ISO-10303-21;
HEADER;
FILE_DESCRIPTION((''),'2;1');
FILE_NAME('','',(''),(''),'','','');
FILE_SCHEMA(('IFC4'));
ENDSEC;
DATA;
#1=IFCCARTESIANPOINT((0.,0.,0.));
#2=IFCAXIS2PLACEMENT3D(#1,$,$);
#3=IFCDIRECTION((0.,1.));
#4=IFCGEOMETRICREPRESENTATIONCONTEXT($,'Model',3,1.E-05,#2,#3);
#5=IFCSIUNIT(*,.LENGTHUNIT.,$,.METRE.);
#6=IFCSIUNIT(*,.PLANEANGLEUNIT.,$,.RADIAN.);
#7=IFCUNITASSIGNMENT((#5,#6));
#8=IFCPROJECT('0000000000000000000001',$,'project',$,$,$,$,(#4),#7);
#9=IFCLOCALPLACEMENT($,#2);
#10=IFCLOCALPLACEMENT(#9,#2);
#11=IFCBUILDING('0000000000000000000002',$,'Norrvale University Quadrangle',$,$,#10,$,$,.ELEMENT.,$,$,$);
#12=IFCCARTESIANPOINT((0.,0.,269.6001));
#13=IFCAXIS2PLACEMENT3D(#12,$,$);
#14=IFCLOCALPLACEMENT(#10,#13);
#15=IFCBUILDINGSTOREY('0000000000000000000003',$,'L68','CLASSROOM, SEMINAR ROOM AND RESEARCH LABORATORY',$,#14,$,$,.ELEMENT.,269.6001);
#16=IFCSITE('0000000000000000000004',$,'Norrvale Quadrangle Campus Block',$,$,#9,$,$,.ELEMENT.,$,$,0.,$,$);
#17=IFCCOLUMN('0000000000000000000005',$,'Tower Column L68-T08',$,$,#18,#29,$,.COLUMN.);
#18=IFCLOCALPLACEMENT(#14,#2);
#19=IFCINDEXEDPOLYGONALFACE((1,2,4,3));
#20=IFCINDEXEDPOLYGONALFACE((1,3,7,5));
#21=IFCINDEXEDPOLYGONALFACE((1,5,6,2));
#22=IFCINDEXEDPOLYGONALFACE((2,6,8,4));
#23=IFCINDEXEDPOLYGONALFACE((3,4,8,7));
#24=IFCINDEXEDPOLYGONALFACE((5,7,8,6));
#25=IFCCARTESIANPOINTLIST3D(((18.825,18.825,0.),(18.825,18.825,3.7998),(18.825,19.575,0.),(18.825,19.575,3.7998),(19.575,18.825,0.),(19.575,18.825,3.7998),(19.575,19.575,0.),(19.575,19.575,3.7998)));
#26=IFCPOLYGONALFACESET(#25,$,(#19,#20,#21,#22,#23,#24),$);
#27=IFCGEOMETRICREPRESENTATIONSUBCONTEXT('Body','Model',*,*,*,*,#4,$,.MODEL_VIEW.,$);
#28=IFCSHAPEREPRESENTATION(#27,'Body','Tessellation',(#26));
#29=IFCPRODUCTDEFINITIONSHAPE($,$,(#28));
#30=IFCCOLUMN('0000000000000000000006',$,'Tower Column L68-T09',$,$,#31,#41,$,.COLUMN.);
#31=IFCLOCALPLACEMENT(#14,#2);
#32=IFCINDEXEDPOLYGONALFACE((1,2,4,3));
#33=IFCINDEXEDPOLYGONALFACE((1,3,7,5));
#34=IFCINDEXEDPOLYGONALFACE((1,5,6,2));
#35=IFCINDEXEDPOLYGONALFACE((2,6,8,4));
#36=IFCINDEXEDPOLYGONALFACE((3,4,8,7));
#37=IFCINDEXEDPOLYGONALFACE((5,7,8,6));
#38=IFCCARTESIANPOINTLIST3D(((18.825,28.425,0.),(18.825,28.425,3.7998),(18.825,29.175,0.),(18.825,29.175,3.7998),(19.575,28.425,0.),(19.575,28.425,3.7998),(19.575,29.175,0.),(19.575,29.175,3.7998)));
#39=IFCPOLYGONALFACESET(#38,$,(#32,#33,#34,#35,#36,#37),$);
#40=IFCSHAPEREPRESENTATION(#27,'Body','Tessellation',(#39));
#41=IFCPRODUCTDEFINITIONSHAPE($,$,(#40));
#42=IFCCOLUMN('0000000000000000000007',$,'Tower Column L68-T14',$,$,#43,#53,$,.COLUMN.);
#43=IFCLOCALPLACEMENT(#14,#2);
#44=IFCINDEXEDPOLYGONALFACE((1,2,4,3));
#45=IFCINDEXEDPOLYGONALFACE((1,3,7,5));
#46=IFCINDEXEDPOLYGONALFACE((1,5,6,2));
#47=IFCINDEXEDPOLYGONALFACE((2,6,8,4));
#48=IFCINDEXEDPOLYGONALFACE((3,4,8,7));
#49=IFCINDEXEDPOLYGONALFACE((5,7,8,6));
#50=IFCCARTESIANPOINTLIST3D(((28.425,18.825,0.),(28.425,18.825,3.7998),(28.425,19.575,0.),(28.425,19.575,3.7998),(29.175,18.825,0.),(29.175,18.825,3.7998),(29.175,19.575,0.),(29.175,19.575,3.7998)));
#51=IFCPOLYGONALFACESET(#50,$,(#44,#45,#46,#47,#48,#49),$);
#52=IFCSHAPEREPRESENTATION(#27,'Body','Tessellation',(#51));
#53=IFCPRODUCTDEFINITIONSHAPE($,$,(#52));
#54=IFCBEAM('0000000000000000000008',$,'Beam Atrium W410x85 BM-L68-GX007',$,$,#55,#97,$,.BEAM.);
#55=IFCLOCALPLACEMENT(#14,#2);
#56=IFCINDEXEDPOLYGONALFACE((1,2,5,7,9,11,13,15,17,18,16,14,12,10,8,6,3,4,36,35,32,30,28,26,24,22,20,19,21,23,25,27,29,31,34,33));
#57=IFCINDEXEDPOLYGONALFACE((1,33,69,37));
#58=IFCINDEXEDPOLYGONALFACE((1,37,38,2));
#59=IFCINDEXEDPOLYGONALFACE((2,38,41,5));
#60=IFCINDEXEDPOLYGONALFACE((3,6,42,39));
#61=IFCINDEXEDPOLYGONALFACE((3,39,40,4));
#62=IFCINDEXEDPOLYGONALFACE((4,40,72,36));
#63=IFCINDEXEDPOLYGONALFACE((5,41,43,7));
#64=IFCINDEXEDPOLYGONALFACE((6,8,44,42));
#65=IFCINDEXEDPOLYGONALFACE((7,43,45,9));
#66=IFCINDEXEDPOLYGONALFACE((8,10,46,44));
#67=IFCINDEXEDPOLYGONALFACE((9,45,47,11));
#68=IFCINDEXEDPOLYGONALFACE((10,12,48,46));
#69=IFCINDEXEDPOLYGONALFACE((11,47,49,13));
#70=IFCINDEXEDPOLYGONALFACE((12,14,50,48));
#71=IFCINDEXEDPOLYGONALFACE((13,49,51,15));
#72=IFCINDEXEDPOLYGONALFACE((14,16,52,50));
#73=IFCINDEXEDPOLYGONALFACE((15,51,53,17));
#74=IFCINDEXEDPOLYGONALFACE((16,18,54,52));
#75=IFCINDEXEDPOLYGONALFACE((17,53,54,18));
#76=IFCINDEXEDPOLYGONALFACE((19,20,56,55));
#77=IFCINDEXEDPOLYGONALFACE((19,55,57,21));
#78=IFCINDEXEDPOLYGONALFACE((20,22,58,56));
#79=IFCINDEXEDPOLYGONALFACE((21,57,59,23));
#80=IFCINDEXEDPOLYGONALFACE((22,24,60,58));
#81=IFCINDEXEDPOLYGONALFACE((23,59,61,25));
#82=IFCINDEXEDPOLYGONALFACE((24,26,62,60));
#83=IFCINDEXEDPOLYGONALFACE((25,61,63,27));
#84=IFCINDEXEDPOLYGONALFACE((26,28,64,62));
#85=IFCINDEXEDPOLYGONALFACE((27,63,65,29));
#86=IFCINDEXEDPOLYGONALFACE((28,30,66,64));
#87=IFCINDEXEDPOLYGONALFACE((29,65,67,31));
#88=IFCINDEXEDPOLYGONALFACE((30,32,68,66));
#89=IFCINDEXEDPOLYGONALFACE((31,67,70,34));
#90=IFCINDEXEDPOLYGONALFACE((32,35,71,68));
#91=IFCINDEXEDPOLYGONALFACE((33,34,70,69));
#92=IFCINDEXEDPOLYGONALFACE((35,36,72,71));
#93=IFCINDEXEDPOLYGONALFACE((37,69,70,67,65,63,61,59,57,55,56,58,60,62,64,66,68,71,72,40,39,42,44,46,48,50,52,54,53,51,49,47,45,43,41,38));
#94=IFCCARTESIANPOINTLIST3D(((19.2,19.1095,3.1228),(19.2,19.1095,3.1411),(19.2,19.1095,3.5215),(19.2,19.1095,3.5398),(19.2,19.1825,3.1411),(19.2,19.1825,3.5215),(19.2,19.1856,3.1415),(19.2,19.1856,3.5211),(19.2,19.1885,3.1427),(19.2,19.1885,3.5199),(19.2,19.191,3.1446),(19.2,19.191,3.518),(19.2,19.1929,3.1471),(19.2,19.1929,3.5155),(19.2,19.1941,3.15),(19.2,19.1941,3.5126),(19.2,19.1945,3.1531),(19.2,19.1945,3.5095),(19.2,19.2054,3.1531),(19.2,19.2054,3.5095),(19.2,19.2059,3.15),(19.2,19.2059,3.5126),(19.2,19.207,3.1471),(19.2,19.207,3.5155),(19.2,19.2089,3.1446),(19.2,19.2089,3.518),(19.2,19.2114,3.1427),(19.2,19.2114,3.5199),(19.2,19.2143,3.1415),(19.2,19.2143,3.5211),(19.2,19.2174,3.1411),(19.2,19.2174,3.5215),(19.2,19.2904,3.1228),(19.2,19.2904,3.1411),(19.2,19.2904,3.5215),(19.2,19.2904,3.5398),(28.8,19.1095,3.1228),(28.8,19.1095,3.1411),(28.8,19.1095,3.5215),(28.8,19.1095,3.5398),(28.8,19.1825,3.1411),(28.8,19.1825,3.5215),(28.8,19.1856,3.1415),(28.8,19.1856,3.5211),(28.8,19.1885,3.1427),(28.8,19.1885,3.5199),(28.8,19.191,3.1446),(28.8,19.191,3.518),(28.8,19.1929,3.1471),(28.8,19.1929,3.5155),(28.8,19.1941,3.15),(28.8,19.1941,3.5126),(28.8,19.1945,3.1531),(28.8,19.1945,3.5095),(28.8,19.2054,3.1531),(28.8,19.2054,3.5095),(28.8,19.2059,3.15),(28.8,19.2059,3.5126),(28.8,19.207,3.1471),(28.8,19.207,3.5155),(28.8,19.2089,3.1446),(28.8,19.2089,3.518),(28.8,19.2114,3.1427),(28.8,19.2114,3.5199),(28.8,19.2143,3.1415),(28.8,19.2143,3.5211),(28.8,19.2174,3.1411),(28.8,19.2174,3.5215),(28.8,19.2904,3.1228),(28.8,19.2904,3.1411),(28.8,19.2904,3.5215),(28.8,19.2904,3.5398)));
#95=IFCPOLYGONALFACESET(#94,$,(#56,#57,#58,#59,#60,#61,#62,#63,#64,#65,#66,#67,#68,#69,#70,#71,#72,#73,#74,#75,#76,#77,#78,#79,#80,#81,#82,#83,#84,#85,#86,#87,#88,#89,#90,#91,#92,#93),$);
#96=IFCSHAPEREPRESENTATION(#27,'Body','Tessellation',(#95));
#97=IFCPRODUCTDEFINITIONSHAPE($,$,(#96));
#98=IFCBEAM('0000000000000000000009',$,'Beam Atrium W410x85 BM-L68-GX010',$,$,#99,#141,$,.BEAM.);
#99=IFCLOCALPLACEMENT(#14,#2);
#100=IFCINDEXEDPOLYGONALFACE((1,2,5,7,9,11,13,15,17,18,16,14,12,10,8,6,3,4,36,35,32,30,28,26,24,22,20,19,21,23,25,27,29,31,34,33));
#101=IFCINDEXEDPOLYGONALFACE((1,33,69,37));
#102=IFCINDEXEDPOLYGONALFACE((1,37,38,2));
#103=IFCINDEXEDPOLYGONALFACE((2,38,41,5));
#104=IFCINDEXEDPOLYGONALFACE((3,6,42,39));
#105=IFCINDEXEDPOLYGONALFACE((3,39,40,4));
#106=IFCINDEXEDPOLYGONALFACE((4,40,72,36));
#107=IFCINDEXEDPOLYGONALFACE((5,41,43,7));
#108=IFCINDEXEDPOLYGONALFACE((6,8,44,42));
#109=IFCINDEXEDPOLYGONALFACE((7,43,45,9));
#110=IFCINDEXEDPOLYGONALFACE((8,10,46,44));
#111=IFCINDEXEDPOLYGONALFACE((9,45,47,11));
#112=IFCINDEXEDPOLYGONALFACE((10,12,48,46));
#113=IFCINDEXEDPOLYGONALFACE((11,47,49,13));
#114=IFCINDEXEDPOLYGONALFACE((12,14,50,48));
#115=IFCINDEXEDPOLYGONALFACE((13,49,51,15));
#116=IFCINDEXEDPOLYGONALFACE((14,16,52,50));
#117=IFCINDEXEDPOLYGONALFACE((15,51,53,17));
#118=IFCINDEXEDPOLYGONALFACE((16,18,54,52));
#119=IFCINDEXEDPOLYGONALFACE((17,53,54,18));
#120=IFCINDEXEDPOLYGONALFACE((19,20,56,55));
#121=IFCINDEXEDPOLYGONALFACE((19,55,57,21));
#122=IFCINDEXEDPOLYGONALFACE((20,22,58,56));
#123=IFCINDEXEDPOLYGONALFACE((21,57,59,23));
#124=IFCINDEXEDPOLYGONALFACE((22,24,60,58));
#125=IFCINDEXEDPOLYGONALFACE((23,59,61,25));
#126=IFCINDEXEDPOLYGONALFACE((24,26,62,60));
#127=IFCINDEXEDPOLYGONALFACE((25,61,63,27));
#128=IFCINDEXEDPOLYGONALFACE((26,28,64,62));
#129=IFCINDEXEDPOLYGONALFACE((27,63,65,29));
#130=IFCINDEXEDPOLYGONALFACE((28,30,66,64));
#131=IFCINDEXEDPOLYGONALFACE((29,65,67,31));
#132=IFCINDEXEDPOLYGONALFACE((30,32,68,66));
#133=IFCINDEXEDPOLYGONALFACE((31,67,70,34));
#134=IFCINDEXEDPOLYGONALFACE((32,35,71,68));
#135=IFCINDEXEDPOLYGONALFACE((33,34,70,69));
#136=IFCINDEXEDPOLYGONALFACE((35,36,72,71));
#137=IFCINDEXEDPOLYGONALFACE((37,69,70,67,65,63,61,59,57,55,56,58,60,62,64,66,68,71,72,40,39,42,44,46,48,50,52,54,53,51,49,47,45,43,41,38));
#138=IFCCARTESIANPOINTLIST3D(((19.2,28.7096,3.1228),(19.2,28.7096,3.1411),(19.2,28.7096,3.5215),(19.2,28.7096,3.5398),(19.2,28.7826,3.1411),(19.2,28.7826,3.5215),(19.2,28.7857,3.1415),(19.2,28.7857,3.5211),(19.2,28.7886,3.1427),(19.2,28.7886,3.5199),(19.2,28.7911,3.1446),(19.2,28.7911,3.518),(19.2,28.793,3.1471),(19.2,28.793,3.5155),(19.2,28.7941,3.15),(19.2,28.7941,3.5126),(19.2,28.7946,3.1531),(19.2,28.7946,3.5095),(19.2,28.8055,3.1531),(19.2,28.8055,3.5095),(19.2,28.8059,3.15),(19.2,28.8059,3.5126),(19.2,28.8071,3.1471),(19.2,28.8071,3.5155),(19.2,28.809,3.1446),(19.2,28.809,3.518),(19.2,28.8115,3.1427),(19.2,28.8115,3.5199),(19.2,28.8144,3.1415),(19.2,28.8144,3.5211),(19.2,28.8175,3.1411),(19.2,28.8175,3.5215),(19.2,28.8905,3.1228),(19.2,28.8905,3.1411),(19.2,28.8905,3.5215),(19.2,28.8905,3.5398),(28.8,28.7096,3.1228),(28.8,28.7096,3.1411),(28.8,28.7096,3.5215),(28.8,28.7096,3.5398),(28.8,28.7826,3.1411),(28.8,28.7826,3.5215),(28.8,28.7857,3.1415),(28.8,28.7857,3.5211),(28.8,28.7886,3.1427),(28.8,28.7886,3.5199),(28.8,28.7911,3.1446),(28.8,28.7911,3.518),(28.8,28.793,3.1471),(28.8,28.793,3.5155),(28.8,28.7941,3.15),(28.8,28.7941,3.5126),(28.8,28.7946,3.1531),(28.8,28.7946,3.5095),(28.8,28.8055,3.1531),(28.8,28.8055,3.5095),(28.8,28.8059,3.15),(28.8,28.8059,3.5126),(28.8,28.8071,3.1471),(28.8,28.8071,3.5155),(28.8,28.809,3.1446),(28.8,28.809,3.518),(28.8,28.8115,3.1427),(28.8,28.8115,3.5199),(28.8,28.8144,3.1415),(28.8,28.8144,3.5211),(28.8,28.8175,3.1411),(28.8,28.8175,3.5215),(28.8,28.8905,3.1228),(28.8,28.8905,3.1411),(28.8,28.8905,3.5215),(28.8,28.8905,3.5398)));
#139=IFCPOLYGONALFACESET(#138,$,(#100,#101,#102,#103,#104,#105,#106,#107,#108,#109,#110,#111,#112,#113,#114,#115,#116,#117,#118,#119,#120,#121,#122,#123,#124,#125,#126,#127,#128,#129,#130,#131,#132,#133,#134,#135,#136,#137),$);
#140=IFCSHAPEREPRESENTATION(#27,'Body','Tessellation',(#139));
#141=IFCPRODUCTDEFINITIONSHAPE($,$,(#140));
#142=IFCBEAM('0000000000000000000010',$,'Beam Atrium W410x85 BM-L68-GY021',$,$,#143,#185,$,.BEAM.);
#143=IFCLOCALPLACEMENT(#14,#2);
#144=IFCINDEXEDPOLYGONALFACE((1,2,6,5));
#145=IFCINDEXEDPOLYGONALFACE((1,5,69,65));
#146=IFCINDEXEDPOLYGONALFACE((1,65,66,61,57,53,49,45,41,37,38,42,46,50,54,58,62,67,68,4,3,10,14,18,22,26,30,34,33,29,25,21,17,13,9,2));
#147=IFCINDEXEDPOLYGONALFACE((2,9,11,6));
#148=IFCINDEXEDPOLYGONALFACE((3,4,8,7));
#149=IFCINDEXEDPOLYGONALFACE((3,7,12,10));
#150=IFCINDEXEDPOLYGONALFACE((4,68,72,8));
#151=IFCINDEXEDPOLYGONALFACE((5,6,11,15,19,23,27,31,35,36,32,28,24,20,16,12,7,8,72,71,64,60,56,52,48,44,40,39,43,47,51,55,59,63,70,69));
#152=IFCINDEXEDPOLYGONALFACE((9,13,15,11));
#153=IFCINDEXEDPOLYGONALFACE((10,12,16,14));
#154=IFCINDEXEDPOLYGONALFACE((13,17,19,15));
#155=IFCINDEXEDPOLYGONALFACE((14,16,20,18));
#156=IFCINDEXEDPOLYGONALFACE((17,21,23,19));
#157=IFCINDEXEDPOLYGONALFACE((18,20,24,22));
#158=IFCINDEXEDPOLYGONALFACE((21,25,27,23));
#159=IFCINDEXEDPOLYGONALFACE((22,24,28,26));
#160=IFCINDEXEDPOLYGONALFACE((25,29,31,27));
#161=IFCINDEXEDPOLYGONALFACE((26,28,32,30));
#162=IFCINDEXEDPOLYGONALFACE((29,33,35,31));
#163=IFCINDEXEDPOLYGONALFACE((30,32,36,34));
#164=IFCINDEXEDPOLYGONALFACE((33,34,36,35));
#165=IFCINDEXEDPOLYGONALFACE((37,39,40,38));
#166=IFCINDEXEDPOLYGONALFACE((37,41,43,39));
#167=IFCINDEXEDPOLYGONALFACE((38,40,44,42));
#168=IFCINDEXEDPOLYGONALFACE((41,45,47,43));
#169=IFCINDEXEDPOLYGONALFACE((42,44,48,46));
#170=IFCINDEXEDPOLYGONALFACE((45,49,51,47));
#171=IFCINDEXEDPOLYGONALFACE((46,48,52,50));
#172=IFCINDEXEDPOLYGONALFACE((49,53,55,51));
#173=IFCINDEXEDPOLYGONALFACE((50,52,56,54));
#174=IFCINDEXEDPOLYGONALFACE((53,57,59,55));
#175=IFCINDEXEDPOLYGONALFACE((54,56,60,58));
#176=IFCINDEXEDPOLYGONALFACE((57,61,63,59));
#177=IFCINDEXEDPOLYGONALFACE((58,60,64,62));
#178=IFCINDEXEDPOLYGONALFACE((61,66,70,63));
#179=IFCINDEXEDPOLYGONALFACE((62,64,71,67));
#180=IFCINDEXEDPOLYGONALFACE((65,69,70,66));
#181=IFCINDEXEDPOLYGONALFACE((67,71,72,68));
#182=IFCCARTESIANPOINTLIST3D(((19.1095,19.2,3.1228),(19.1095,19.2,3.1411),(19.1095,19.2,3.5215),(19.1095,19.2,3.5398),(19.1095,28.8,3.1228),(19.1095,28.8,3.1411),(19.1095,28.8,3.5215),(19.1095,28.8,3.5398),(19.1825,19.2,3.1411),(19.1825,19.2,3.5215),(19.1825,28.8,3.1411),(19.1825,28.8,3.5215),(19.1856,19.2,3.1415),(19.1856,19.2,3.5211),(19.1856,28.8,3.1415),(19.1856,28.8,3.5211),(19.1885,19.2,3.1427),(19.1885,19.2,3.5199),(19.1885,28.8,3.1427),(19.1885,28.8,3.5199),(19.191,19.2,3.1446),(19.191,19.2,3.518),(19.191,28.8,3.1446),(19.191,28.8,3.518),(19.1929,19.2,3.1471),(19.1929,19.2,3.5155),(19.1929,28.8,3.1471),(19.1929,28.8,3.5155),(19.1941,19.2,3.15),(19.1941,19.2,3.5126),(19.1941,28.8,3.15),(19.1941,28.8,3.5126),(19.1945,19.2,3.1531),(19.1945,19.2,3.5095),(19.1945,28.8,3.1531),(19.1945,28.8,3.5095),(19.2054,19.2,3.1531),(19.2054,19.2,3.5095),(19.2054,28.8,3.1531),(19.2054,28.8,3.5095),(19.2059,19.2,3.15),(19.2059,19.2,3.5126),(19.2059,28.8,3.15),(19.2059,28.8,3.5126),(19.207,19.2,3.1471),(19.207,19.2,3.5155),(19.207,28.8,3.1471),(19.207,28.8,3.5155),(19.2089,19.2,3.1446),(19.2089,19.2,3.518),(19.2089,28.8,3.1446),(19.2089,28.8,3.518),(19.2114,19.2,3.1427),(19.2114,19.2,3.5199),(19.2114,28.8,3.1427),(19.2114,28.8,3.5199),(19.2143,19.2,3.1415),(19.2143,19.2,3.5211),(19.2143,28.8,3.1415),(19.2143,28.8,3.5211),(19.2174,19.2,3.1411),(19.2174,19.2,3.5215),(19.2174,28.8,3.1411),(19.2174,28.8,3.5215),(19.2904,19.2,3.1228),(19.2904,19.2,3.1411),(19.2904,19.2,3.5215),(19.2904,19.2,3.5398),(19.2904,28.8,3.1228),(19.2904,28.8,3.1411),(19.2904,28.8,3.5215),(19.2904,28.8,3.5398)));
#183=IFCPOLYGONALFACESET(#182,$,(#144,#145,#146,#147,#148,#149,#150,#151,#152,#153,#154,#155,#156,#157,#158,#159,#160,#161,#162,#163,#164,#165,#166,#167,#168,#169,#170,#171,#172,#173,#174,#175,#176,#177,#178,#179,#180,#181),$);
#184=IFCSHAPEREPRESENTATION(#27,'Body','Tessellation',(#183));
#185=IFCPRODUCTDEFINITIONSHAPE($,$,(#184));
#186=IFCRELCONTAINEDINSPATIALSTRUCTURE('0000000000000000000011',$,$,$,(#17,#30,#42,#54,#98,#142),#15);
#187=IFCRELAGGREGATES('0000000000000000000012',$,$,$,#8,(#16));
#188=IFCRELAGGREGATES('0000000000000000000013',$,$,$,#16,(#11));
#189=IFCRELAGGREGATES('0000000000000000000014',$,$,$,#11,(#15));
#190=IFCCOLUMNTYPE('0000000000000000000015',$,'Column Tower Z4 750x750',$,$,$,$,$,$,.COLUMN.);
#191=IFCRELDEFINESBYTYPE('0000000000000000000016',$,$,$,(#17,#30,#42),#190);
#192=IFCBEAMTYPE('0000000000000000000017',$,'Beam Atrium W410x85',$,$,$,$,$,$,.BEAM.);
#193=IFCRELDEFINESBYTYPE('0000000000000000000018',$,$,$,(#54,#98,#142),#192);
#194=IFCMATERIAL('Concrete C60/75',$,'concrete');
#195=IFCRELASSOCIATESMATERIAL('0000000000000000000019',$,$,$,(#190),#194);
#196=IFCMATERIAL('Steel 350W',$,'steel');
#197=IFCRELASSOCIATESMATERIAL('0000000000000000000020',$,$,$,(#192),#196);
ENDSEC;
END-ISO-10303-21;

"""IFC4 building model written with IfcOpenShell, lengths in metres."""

from ifc_helpers import new_model, si_unit, direction, frame, origin, origin_2d, place, context, subcontext, project, spatial, rectangle, i_section, extrude, material, material_profile, profile_set, type_object, element, save


model = new_model("IFC4")

# Units and contexts
model_context = context("Model", 3, precision=1e-05, world=origin(), true_north=direction((0.0, 1.0)))
body_context = subcontext(model_context, "Body", "Model", "MODEL_VIEW")
ifc_project = project(units=[si_unit("LENGTHUNIT", "METRE"), si_unit("PLANEANGLEUNIT", "RADIAN")], contexts=[model_context])

# Site, building, storey
site_placement = place(None, origin())
site = spatial("IfcSite", under=ifc_project, at=site_placement, Name="Norrvale Quadrangle Campus Block", CompositionType="ELEMENT", RefElevation=0.0)
building_placement = place(site_placement, origin())
building = spatial("IfcBuilding", under=site, at=building_placement, Name="Norrvale University Quadrangle", CompositionType="ELEMENT")
storey_placement = place(building_placement, frame((0.0, 0.0, 269.6001)))
storey = spatial("IfcBuildingStorey", under=building, at=storey_placement, Name="L68", Description="CLASSROOM, SEMINAR ROOM AND RESEARCH LABORATORY", CompositionType="ELEMENT", Elevation=269.6001)

# Columns
ifc_material_1 = material(Name="Concrete C60/75", Category="concrete")
ifc_material_profile_1 = material_profile(ifc_material_1, rectangle(XDim=0.75, YDim=0.75, at=origin_2d()), Name="Concrete C60/75")
ifc_profile_set_1 = profile_set([ifc_material_profile_1], Name="Concrete C60/75")
column_type = type_object("IfcColumnType", Name="Column Tower Z4 750x750", PredefinedType="COLUMN", material=ifc_profile_set_1)
for number, where, z_axis, x_axis, name in (
    (1, (19.2, 19.2, 0.0), (0.0, 0.0, 1.0), (1.0, 0.0, 0.0), "Tower Column L68-T08"),
    (2, (19.2, 28.8, 0.0), (0.0, 0.0, 1.0), (1.0, 0.0, 0.0), "Tower Column L68-T09"),
    (3, (28.8, 19.2, 0.0), (0.0, 0.0, 1.0), (1.0, 0.0, 0.0), "Tower Column L68-T14"),
):
    element("IfcColumn", number, at=place(storey_placement, frame(where, z_axis=z_axis, x_axis=x_axis)), inside=storey, type_object=column_type, Name=name, PredefinedType="COLUMN", context=body_context, shape_type="SweptSolid", body=[
        extrude(rectangle(XDim=0.75, YDim=0.75, at=origin_2d()), origin(), (0.0, 0.0, 1.0), 3.7998),
    ])

# Beams
ifc_material_2 = material(Name="Steel 350W", Category="steel")
ifc_material_profile_2 = material_profile(ifc_material_2, i_section(OverallWidth=0.1809, OverallDepth=0.417, WebThickness=0.011, FlangeThickness=0.0183, FilletRadius=0.012, at=origin_2d()), Name="Steel 350W")
ifc_profile_set_2 = profile_set([ifc_material_profile_2], Name="Steel 350W")
beam_type_1 = type_object("IfcBeamType", Name="Beam Atrium W410x85", PredefinedType="BEAM", material=ifc_profile_set_2)
for number, where, z_axis, x_axis, name in (
    (4, (19.2, 19.2, 3.3313), (1.0, 0.0, 0.0), (0.0, 1.0, 0.0), "Beam Atrium W410x85 BM-L68-GX007"),
    (5, (19.2, 28.8, 3.3313), (1.0, 0.0, 0.0), (0.0, 1.0, 0.0), "Beam Atrium W410x85 BM-L68-GX010"),
    (6, (19.2, 19.2, 3.3313), (0.0, 1.0, 0.0), (-1.0, 0.0, 0.0), "Beam Atrium W410x85 BM-L68-GY021"),
):
    element("IfcBeam", number, at=place(storey_placement, frame(where, z_axis=z_axis, x_axis=x_axis)), inside=storey, type_object=beam_type_1, Name=name, PredefinedType="BEAM", context=body_context, shape_type="SweptSolid", body=[
        extrude(i_section(OverallWidth=0.1809, OverallDepth=0.417, WebThickness=0.011, FlangeThickness=0.0183, FilletRadius=0.012, at=origin_2d()), origin(), (0.0, 0.0, 1.0), 9.6001),
    ])

save(model, "model.ifc")
